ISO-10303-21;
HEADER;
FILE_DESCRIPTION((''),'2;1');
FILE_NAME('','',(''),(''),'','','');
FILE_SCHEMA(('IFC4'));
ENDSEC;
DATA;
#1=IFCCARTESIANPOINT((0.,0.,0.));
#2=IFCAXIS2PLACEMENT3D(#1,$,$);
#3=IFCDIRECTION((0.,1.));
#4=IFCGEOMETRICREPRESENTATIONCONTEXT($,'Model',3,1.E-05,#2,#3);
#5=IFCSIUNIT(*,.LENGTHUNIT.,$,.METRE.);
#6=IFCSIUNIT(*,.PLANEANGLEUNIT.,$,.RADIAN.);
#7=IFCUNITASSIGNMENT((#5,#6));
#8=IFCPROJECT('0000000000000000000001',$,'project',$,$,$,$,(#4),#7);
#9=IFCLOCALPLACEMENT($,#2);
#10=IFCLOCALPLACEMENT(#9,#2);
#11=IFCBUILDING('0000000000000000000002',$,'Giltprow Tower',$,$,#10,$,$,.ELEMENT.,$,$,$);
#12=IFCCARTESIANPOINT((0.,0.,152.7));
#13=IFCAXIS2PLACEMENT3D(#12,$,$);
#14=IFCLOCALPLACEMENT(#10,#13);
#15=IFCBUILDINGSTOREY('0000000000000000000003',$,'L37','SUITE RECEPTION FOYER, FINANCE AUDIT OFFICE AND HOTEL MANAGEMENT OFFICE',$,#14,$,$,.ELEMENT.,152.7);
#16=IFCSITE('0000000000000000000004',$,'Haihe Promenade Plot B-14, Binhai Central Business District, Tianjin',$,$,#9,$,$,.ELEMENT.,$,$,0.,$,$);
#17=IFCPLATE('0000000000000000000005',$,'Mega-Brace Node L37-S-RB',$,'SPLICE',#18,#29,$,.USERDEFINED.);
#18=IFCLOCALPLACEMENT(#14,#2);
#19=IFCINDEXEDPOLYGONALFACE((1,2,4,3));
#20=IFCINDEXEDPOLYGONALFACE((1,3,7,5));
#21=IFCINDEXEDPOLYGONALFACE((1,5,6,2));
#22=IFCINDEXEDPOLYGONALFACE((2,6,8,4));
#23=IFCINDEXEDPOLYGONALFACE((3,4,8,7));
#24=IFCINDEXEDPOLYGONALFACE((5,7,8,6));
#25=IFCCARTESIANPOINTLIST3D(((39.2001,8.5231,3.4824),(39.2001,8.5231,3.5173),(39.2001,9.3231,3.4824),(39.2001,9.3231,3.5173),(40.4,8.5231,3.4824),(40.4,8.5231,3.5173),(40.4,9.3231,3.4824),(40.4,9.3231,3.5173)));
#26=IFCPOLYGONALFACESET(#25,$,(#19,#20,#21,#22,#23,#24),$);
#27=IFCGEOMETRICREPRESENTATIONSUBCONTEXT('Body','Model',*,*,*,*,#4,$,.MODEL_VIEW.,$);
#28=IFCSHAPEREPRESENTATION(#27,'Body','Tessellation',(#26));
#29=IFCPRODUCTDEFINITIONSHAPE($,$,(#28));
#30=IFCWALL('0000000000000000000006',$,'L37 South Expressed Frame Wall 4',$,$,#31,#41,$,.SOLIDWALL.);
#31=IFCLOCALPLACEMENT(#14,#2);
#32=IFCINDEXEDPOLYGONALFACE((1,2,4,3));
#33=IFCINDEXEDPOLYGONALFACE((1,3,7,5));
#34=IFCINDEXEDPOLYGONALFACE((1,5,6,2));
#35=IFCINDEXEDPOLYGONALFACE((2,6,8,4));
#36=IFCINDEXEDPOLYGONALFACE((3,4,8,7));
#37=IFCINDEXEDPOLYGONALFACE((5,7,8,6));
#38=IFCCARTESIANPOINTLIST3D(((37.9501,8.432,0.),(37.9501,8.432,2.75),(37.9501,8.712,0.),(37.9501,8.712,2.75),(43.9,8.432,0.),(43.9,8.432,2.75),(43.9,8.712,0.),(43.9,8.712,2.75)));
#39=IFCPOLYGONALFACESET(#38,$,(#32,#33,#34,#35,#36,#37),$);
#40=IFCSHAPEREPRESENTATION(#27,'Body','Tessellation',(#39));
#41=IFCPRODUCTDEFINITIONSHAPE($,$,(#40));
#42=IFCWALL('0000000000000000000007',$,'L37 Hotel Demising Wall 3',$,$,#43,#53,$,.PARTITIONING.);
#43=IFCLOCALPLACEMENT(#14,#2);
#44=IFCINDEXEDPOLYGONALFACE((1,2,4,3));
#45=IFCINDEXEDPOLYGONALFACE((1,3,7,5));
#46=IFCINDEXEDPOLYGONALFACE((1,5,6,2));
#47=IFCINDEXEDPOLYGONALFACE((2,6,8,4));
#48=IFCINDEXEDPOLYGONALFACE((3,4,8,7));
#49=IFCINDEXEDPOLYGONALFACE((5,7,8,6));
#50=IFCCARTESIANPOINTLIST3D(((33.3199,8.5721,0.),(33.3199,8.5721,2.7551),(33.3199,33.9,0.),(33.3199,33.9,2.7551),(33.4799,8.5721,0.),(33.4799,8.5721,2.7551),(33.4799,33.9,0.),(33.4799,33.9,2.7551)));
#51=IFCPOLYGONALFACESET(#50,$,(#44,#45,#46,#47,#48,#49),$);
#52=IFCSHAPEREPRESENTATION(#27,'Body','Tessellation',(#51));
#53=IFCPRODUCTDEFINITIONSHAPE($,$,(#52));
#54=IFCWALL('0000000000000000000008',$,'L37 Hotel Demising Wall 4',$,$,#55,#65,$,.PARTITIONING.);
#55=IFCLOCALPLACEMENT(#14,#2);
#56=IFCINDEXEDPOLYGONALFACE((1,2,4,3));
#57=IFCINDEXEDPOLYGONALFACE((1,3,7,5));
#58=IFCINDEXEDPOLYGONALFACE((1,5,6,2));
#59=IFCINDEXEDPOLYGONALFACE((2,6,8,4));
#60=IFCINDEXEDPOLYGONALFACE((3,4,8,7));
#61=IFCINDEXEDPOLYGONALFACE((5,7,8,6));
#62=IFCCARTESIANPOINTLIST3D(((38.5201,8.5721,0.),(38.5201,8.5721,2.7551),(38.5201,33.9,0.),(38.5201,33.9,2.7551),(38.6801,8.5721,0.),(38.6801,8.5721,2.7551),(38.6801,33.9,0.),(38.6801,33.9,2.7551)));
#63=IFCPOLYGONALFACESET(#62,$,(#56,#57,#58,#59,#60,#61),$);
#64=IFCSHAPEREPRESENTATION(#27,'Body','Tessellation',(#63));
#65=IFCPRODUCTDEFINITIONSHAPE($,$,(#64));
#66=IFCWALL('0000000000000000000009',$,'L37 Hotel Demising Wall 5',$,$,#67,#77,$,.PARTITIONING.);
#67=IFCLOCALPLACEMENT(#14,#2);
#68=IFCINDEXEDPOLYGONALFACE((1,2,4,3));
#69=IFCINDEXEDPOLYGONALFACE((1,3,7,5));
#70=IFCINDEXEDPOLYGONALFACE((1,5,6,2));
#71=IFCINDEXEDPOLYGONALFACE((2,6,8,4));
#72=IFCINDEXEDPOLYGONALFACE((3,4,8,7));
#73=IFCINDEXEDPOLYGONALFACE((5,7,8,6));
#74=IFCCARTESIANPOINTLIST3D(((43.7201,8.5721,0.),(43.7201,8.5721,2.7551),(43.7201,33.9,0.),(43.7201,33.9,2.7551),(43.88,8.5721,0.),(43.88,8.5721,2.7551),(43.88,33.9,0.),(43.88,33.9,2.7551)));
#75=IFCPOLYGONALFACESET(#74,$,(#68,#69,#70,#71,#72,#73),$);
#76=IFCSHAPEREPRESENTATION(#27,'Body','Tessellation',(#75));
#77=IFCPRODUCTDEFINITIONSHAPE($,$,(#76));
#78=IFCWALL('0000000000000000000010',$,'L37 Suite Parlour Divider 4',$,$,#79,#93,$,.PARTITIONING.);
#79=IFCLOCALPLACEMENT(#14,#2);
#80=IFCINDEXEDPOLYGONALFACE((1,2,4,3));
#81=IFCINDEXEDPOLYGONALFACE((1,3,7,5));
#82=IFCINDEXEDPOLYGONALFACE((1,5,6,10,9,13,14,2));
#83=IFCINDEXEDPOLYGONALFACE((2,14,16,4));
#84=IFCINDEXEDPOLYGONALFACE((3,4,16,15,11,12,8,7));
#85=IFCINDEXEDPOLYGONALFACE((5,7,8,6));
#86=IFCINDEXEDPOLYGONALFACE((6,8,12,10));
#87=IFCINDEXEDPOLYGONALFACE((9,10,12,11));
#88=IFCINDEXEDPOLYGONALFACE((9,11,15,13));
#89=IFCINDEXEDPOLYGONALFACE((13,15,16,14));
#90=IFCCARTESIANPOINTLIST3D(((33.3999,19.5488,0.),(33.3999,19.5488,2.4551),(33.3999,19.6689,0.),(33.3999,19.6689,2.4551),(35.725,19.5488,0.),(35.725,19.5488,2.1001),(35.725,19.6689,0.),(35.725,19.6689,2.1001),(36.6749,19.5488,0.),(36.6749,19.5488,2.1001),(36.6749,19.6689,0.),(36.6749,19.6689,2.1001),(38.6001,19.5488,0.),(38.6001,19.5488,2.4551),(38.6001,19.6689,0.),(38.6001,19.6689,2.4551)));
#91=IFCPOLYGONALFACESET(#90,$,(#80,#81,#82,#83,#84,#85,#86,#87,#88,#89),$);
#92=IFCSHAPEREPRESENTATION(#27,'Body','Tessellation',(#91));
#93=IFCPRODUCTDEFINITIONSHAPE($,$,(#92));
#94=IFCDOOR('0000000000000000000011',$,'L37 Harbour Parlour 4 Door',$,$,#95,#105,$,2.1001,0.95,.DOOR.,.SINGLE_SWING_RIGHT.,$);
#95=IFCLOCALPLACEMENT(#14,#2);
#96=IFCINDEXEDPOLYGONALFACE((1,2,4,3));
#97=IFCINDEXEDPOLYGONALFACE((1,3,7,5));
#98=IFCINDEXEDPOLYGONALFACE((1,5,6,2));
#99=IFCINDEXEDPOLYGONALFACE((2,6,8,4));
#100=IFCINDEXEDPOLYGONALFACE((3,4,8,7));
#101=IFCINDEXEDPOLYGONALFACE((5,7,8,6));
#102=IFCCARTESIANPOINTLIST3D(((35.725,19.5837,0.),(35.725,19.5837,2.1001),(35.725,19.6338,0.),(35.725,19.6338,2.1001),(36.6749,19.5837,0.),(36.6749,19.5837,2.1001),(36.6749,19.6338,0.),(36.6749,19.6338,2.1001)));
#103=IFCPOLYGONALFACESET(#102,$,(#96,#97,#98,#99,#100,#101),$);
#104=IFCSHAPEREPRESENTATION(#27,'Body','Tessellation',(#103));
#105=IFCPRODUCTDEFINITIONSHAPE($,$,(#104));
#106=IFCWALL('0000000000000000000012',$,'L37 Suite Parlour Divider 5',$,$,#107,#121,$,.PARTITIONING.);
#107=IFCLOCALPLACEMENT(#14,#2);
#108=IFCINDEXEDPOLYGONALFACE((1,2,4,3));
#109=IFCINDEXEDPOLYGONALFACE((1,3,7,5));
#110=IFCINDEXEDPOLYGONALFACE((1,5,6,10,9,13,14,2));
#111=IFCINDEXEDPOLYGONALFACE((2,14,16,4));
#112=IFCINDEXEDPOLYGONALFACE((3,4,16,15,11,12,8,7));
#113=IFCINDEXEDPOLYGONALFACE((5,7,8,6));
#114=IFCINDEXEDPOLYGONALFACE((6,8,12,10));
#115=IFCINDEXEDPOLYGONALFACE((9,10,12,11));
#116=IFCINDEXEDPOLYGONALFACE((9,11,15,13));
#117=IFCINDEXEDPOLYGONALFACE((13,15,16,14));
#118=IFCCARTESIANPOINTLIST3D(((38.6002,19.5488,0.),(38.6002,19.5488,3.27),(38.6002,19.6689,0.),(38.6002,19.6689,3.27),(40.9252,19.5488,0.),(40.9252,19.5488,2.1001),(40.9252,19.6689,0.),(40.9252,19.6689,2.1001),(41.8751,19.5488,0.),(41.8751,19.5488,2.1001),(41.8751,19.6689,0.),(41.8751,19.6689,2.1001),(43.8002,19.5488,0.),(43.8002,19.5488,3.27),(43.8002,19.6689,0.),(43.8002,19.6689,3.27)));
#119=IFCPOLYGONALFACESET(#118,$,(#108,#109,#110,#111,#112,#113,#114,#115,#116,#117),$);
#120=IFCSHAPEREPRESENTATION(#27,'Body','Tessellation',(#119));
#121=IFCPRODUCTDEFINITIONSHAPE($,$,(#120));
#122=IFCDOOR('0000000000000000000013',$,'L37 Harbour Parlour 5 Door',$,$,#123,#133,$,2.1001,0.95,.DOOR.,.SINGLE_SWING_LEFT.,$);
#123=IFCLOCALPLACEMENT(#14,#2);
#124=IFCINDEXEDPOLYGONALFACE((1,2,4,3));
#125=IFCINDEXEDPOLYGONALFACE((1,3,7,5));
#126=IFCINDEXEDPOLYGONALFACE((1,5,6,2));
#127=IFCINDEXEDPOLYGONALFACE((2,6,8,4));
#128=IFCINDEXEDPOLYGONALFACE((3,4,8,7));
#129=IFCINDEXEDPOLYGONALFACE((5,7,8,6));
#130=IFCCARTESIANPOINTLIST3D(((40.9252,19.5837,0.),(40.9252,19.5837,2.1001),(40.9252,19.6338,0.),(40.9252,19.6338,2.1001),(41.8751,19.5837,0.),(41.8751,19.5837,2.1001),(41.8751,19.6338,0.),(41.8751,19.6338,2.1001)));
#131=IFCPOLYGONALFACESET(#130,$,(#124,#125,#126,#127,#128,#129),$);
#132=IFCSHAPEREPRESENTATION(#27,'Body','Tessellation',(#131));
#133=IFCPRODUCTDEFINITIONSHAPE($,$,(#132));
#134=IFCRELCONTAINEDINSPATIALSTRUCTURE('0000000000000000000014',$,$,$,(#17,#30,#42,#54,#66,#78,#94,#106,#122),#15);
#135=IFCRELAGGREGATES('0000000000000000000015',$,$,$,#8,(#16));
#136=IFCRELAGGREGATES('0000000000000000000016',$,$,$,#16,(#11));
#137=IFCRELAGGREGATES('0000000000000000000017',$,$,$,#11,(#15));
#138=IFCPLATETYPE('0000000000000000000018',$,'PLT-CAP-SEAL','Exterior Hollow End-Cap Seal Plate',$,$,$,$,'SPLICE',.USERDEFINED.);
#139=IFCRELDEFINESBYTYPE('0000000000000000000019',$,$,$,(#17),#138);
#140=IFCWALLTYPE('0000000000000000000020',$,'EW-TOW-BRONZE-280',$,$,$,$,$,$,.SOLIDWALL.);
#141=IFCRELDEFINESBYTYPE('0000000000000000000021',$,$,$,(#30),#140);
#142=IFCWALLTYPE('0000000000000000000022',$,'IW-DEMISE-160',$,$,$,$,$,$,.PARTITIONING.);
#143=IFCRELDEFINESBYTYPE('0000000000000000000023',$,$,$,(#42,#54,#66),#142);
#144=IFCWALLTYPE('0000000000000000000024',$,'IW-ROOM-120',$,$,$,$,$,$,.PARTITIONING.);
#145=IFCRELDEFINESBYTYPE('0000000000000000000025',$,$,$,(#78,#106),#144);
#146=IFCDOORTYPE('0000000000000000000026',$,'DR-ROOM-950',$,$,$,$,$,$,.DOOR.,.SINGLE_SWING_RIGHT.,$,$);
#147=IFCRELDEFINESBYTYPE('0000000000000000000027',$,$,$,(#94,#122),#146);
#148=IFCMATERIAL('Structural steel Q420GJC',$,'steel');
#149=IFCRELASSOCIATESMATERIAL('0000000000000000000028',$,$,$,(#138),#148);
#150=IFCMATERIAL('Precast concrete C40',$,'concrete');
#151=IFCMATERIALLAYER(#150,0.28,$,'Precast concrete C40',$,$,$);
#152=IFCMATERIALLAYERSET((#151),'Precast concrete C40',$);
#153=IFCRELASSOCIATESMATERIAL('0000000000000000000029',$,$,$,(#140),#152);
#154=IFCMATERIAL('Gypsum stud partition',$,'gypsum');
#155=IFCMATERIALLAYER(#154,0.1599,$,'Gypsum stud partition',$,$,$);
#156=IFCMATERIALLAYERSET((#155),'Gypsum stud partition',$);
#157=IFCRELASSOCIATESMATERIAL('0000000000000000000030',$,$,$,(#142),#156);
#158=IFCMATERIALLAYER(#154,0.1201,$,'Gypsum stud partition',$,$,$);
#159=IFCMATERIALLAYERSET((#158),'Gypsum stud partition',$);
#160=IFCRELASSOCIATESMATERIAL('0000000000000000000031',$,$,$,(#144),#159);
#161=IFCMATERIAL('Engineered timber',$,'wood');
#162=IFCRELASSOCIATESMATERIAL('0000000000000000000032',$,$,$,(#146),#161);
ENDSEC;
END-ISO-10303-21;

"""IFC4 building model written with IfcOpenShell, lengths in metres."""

from ifc_helpers import new_model, si_unit, direction, frame, frame_2d, origin, origin_2d, place, context, subcontext, project, spatial, rectangle, extrude, source, transform, mapped, material, layer, layer_set, type_object, element, fill, save


model = new_model("IFC4")

# Units and contexts
model_context = context("Model", 3, precision=1e-05, world=origin(), true_north=direction((0.0, 1.0)))
body_context = subcontext(model_context, "Body", "Model", "MODEL_VIEW")
ifc_project = project(units=[si_unit("LENGTHUNIT", "METRE"), si_unit("PLANEANGLEUNIT", "RADIAN")], contexts=[model_context])

# Site, building, storey
site_placement = place(None, origin())
site = spatial("IfcSite", under=ifc_project, at=site_placement, Name="Haihe Promenade Plot B-14, Binhai Central Business District, Tianjin", CompositionType="ELEMENT", RefElevation=0.0)
building_placement = place(site_placement, origin())
building = spatial("IfcBuilding", under=site, at=building_placement, Name="Giltprow Tower", CompositionType="ELEMENT")
storey_placement = place(building_placement, frame((0.0, 0.0, 152.7)))
storey = spatial("IfcBuildingStorey", under=building, at=storey_placement, Name="L37", Description="SUITE RECEPTION FOYER, FINANCE AUDIT OFFICE AND HOTEL MANAGEMENT OFFICE", CompositionType="ELEMENT", Elevation=152.7)

# Shared definitions
ifc_material_1 = material(Name="Structural steel Q420GJC", Category="steel")

# Plate
plate_type = type_object("IfcPlateType", Name="PLT-CAP-SEAL", Description="Exterior Hollow End-Cap Seal Plate", ElementType="SPLICE", PredefinedType="USERDEFINED", material=ifc_material_1)
shared_shape_1 = source(origin(), body_context, "Body", "SweptSolid", [
    extrude(rectangle(XDim=1.2, YDim=0.8, at=origin_2d()), origin(), (0.0, 0.0, 1.0), 0.0349),
])
for number, where, z_axis, x_axis, name in (
    (1, (39.8, 8.9231, 3.4824), (0.0, 0.0, 1.0), (1.0, 0.0, 0.0), "Mega-Brace Node L37-S-RB"),
):
    element("IfcPlate", number, at=place(storey_placement, frame(where, z_axis=z_axis, x_axis=x_axis)), inside=storey, type_object=plate_type, Name=name, ObjectType="SPLICE", PredefinedType="USERDEFINED", context=body_context, shape_type="MappedRepresentation", body=[
        mapped(shared_shape_1, transform((0.0, 0.0, 0.0), x_axis=(1.0, 0.0, 0.0), y_axis=(0.0, 1.0, 0.0), z_axis=(0.0, 0.0, 1.0), scale=1.0)),
    ])

# Walls
ifc_material_2 = material(Name="Precast concrete C40", Category="concrete")
ifc_layer_1 = layer(ifc_material_2, 0.28, Name="Precast concrete C40")
ifc_layer_set_1 = layer_set([ifc_layer_1], Name="Precast concrete C40")
wall_type_1 = type_object("IfcWallType", Name="EW-TOW-BRONZE-280", PredefinedType="SOLIDWALL", material=ifc_layer_set_1)
wall_1_placement = place(storey_placement, frame((37.95, 8.572, 0.0), z_axis=(0.0, 0.0, 1.0), x_axis=(1.0, 0.0, 0.0)))
element("IfcWall", 2, at=wall_1_placement, inside=storey, type_object=wall_type_1, Name="L37 South Expressed Frame Wall 4", PredefinedType="SOLIDWALL", context=body_context, shape_type="SweptSolid", body=[
    extrude(rectangle(XDim=5.95, YDim=0.28, at=frame_2d((2.9751, 0.0))), origin(), (0.0, 0.0, 1.0), 2.75),
])
ifc_material_3 = material(Name="Gypsum stud partition", Category="gypsum")
ifc_layer_2 = layer(ifc_material_3, 0.1599, Name="Gypsum stud partition")
ifc_layer_set_2 = layer_set([ifc_layer_2], Name="Gypsum stud partition")
wall_type_2 = type_object("IfcWallType", Name="IW-DEMISE-160", PredefinedType="PARTITIONING", material=ifc_layer_set_2)
for number, where, z_axis, x_axis, name in (
    (3, (33.3999, 8.572, 0.0), (0.0, 0.0, 1.0), (0.0, 1.0, 0.0), "L37 Hotel Demising Wall 3"),
    (4, (38.6001, 8.572, 0.0), (0.0, 0.0, 1.0), (0.0, 1.0, 0.0), "L37 Hotel Demising Wall 4"),
    (5, (43.8, 8.572, 0.0), (0.0, 0.0, 1.0), (0.0, 1.0, 0.0), "L37 Hotel Demising Wall 5"),
):
    element("IfcWall", number, at=place(storey_placement, frame(where, z_axis=z_axis, x_axis=x_axis)), inside=storey, type_object=wall_type_2, Name=name, PredefinedType="PARTITIONING", context=body_context, shape_type="SweptSolid", body=[
        extrude(rectangle(XDim=25.3279, YDim=0.1599, at=frame_2d((12.6641, 0.0))), origin(), (0.0, 0.0, 1.0), 2.7551),
    ])

# Walls, openings, doors
ifc_layer_3 = layer(ifc_material_3, 0.1201, Name="Gypsum stud partition")
ifc_layer_set_3 = layer_set([ifc_layer_3], Name="Gypsum stud partition")
wall_type_3 = type_object("IfcWallType", Name="IW-ROOM-120", PredefinedType="PARTITIONING", material=ifc_layer_set_3)
wall_2_placement = place(storey_placement, frame((33.3999, 19.6089, 0.0), z_axis=(0.0, 0.0, 1.0), x_axis=(1.0, 0.0, 0.0)))
wall_2 = element("IfcWall", 6, at=wall_2_placement, inside=storey, type_object=wall_type_3, Name="L37 Suite Parlour Divider 4", PredefinedType="PARTITIONING", context=body_context, shape_type="SweptSolid", body=[
    extrude(rectangle(XDim=5.2002, YDim=0.1201, at=frame_2d((2.6001, 0.0))), origin(), (0.0, 0.0, 1.0), 2.4551),
])
opening_1_placement = place(wall_2_placement, frame((2.325, 0.0, 0.0)))
opening_1 = element("IfcOpeningElement", 7, at=opening_1_placement, cuts=wall_2, PredefinedType="OPENING", context=body_context, shape_type="SweptSolid", body=[
    extrude(rectangle(XDim=0.95, YDim=2.1001, at=frame_2d((0.4751, 1.05))), frame((0.0, 0.0701, 0.0), z_axis=(0.0, -1.0, 0.0), x_axis=(1.0, 0.0, 0.0)), (0.0, 0.0, 1.0), 0.1401),
])
ifc_material_4 = material(Name="Engineered timber", Category="wood")
door_type = type_object("IfcDoorType", Name="DR-ROOM-950", OperationType="SINGLE_SWING_RIGHT", PredefinedType="DOOR", material=ifc_material_4)
shared_shape_2 = source(origin(), body_context, "Body", "SweptSolid", [
    extrude(rectangle(XDim=0.95, YDim=2.1001, at=frame_2d((0.4751, 1.05))), frame((0.0, 0.0249, 0.0), z_axis=(0.0, -1.0, 0.0), x_axis=(1.0, 0.0, 0.0)), (0.0, 0.0, 1.0), 0.05),
])
door_1_placement = place(opening_1_placement, origin())
door_1 = element("IfcDoor", 8, at=door_1_placement, inside=storey, type_object=door_type, Name="L37 Harbour Parlour 4 Door", OperationType="SINGLE_SWING_RIGHT", OverallHeight=2.1001, OverallWidth=0.95, PredefinedType="DOOR", context=body_context, shape_type="MappedRepresentation", body=[
    mapped(shared_shape_2, transform((0.0, 0.0, 0.0), x_axis=(1.0, 0.0, 0.0), y_axis=(0.0, 1.0, 0.0), z_axis=(0.0, 0.0, 1.0), scale=1.0)),
])
fill(opening_1, door_1)
wall_3_placement = place(storey_placement, frame((38.6001, 19.6089, 0.0), z_axis=(0.0, 0.0, 1.0), x_axis=(1.0, 0.0, 0.0)))
wall_3 = element("IfcWall", 9, at=wall_3_placement, inside=storey, type_object=wall_type_3, Name="L37 Suite Parlour Divider 5", PredefinedType="PARTITIONING", context=body_context, shape_type="SweptSolid", body=[
    extrude(rectangle(XDim=5.2, YDim=0.1201, at=frame_2d((2.6001, 0.0))), origin(), (0.0, 0.0, 1.0), 3.27),
])
opening_2_placement = place(wall_3_placement, frame((2.325, 0.0, 0.0)))
opening_2 = element("IfcOpeningElement", 10, at=opening_2_placement, cuts=wall_3, PredefinedType="OPENING", context=body_context, shape_type="SweptSolid", body=[
    extrude(rectangle(XDim=0.95, YDim=2.1001, at=frame_2d((0.4751, 1.05))), frame((0.0, 0.0701, 0.0), z_axis=(0.0, -1.0, 0.0), x_axis=(1.0, 0.0, 0.0)), (0.0, 0.0, 1.0), 0.1401),
])
door_2_placement = place(opening_2_placement, origin())
door_2 = element("IfcDoor", 11, at=door_2_placement, inside=storey, type_object=door_type, Name="L37 Harbour Parlour 5 Door", OperationType="SINGLE_SWING_LEFT", OverallHeight=2.1001, OverallWidth=0.95, PredefinedType="DOOR", context=body_context, shape_type="MappedRepresentation", body=[
    mapped(shared_shape_2, transform((0.0, 0.0, 0.0), x_axis=(1.0, 0.0, 0.0), y_axis=(0.0, 1.0, 0.0), z_axis=(0.0, 0.0, 1.0), scale=1.0)),
])
fill(opening_2, door_2)

save(model, "model.ifc")
